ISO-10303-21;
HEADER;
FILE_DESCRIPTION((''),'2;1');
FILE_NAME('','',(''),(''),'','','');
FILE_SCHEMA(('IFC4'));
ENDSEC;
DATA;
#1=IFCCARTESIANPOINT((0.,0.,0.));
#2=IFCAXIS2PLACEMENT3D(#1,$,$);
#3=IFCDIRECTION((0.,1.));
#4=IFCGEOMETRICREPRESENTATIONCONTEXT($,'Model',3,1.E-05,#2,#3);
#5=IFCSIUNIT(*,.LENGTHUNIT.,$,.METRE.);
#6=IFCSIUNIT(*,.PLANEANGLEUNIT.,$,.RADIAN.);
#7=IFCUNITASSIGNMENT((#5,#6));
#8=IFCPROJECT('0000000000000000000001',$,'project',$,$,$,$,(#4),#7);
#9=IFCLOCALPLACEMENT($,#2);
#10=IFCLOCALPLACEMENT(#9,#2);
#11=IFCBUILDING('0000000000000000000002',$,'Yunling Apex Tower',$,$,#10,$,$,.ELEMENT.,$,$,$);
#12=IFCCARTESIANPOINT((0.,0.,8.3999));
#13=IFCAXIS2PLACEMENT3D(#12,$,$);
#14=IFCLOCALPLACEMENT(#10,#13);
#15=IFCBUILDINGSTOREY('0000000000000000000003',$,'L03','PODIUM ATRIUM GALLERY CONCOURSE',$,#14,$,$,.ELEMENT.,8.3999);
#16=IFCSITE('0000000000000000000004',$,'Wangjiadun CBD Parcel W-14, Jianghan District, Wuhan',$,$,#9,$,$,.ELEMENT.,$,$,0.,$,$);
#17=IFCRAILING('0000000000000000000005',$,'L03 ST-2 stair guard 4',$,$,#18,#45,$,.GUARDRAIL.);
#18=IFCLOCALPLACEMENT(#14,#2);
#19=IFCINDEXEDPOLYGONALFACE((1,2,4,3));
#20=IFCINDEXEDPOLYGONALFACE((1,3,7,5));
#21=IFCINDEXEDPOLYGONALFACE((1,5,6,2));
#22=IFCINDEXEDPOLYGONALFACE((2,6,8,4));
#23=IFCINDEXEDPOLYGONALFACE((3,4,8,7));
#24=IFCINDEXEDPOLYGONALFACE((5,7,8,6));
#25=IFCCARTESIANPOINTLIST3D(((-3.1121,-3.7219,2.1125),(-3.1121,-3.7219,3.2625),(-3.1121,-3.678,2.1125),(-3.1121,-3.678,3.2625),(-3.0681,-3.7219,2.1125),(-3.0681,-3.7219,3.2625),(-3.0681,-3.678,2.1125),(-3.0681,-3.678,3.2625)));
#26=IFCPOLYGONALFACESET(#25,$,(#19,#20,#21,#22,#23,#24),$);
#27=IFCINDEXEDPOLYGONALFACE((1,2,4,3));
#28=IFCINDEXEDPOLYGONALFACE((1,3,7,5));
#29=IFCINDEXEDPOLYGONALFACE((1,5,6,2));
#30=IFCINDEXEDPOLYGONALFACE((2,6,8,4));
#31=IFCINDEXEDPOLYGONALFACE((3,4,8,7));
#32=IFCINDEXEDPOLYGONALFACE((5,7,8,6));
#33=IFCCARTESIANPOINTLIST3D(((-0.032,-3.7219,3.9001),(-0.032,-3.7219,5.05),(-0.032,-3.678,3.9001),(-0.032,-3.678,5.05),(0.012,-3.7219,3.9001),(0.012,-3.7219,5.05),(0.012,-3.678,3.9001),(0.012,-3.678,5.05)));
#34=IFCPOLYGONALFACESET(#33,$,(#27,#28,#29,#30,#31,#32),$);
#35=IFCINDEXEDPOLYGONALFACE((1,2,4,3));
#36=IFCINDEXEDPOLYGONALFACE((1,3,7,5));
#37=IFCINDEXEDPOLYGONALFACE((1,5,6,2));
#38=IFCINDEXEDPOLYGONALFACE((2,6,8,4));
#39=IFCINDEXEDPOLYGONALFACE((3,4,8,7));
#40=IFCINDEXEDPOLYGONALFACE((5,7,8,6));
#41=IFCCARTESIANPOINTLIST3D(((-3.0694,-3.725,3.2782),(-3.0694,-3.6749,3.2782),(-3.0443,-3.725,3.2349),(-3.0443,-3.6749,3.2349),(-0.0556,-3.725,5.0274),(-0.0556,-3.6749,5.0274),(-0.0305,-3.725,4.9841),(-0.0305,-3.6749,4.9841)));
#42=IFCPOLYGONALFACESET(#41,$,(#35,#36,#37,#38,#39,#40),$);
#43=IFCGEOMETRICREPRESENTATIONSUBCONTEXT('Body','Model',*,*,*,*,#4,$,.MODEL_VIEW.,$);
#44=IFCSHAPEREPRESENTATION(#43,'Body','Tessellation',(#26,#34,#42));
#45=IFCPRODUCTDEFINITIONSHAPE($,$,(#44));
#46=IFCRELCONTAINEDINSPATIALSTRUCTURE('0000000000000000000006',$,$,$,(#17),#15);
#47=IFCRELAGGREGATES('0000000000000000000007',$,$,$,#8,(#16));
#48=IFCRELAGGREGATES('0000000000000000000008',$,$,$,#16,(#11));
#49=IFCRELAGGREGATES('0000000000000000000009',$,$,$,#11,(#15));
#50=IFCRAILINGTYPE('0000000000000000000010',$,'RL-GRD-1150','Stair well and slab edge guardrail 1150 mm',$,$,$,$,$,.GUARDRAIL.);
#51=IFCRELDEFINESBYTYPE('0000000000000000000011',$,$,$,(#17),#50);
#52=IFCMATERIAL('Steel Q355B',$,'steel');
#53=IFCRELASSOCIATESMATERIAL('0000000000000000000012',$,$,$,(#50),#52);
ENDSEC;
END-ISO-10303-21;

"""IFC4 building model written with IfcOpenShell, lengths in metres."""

from ifc_helpers import new_model, si_unit, direction, frame, origin, origin_2d, place, context, subcontext, project, spatial, rectangle, extrude, material, type_object, element, save


model = new_model("IFC4")

# Units and contexts
model_context = context("Model", 3, precision=1e-05, world=origin(), true_north=direction((0.0, 1.0)))
body_context = subcontext(model_context, "Body", "Model", "MODEL_VIEW")
ifc_project = project(units=[si_unit("LENGTHUNIT", "METRE"), si_unit("PLANEANGLEUNIT", "RADIAN")], contexts=[model_context])

# Site, building, storey
site_placement = place(None, origin())
site = spatial("IfcSite", under=ifc_project, at=site_placement, Name="Wangjiadun CBD Parcel W-14, Jianghan District, Wuhan", CompositionType="ELEMENT", RefElevation=0.0)
building_placement = place(site_placement, origin())
building = spatial("IfcBuilding", under=site, at=building_placement, Name="Yunling Apex Tower", CompositionType="ELEMENT")
storey_placement = place(building_placement, frame((0.0, 0.0, 8.3999)))
storey = spatial("IfcBuildingStorey", under=building, at=storey_placement, Name="L03", Description="PODIUM ATRIUM GALLERY CONCOURSE", CompositionType="ELEMENT", Elevation=8.3999)

# Shared definitions
ifc_material_1 = material(Name="Steel Q355B", Category="steel")

# Railing
railing_type = type_object("IfcRailingType", Name="RL-GRD-1150", Description="Stair well and slab edge guardrail 1150 mm", PredefinedType="GUARDRAIL", material=ifc_material_1)
railing_1_placement = place(storey_placement, frame((-3.0901, -3.7, 2.1125)))
element("IfcRailing", 1, at=railing_1_placement, inside=storey, type_object=railing_type, Name="L03 ST-2 stair guard 4", PredefinedType="GUARDRAIL", context=body_context, shape_type="SweptSolid", body=[
    extrude(rectangle(XDim=0.0439, YDim=0.0439, at=origin_2d()), origin(), (0.0, 0.0, 1.0), 1.1499),
    extrude(rectangle(XDim=0.0439, YDim=0.0439, at=origin_2d()), frame((3.0801, 0.0, 1.7876)), (0.0, 0.0, 1.0), 1.1499),
    extrude(rectangle(XDim=0.05, YDim=0.05, at=origin_2d()), frame((0.0332, 0.0, 1.144), z_axis=(0.864891, 0.0, 0.50196), x_axis=(0.0, 1.0, 0.0)), (0.0, 0.0, 1.0), 3.4846),
])

save(model, "model.ifc")
